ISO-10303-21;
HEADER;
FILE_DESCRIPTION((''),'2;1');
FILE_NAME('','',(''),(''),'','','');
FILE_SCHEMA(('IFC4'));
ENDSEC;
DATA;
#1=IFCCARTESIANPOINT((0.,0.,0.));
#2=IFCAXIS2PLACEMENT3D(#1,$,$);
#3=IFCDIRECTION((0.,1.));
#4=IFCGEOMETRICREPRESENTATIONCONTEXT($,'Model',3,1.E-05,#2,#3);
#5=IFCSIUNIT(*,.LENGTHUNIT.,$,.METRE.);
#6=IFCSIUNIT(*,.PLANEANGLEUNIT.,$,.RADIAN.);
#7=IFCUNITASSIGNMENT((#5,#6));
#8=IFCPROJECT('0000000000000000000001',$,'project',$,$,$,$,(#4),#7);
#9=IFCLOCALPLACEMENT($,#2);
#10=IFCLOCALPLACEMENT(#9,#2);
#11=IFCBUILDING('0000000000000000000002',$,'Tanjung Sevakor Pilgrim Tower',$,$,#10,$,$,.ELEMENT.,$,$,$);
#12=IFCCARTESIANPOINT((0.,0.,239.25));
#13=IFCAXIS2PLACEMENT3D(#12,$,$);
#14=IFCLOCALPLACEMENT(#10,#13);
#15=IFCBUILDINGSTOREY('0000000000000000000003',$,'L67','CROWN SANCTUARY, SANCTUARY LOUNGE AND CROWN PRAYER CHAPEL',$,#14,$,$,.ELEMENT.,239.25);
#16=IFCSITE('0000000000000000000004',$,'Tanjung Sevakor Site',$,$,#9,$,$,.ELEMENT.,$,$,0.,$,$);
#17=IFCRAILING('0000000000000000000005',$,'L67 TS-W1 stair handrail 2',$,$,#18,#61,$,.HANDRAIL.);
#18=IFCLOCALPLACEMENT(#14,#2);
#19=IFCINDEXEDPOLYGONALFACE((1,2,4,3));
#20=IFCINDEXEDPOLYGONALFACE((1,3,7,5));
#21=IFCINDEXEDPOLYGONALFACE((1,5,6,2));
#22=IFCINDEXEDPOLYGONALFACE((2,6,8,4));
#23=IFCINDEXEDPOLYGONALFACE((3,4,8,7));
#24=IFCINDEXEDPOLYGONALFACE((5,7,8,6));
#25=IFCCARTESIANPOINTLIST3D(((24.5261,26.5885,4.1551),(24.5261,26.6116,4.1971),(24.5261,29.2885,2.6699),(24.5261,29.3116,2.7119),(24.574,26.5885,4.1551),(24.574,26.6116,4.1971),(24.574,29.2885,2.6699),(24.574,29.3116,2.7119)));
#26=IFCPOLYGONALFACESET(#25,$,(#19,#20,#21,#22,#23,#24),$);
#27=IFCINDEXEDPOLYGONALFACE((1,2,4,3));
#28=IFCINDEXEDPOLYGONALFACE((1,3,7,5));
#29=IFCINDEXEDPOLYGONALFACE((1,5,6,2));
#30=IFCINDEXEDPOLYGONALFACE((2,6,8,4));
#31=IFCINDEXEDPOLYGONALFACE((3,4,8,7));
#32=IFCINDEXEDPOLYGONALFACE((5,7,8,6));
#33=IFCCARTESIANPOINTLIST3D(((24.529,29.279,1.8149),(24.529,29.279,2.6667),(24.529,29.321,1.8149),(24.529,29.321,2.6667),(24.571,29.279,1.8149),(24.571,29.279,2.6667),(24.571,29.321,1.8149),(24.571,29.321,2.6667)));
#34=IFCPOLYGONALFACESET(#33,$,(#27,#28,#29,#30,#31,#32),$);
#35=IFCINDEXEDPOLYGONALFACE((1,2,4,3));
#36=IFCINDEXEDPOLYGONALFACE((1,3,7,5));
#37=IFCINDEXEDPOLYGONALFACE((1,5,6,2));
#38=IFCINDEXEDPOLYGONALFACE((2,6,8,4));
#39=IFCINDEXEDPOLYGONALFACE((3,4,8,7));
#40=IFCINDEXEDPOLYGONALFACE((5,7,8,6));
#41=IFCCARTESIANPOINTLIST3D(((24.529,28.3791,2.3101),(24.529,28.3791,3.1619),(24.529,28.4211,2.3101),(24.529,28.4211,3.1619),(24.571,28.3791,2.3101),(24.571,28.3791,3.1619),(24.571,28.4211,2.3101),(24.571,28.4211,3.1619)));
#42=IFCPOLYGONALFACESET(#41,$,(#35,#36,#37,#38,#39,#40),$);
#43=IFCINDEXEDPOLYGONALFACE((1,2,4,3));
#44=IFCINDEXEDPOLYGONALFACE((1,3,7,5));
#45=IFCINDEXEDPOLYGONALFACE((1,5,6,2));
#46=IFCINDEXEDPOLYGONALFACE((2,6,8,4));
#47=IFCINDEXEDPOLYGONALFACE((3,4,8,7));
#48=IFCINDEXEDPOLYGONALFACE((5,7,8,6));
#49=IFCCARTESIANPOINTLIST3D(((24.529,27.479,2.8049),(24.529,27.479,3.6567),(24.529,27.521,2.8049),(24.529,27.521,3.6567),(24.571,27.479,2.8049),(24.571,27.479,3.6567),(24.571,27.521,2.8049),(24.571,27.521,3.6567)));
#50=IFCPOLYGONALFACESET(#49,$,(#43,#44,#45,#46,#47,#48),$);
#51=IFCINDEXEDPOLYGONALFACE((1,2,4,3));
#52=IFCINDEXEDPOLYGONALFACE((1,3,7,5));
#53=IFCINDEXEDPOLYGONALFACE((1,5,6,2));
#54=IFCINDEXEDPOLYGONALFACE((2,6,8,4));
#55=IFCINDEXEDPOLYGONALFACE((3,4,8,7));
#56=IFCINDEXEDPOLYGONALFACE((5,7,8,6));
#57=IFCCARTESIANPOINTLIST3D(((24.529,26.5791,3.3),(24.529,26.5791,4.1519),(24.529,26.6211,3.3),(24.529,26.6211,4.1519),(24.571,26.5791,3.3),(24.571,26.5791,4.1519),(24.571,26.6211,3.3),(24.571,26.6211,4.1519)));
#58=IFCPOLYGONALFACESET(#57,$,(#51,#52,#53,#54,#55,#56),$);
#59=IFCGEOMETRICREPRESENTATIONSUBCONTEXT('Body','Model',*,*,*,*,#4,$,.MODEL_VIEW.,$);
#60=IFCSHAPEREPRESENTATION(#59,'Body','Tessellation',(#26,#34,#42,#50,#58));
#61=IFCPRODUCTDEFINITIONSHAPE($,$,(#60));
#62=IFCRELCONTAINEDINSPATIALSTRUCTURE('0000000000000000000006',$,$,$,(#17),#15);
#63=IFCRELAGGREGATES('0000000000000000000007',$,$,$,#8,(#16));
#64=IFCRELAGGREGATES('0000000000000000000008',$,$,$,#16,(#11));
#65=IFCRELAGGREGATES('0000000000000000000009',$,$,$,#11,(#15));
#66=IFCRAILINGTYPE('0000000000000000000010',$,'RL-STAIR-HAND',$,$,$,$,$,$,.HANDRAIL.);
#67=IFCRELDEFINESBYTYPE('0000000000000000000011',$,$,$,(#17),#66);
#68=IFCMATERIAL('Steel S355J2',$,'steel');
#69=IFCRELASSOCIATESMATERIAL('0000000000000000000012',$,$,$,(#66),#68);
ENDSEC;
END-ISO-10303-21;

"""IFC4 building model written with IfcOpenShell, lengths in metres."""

from ifc_helpers import new_model, si_unit, direction, frame, origin, place, context, subcontext, project, spatial, rectangle, extrude, material, type_object, element, save


model = new_model("IFC4")

# Units and contexts
model_context = context("Model", 3, precision=1e-05, world=origin(), true_north=direction((0.0, 1.0)))
body_context = subcontext(model_context, "Body", "Model", "MODEL_VIEW")
ifc_project = project(units=[si_unit("LENGTHUNIT", "METRE"), si_unit("PLANEANGLEUNIT", "RADIAN")], contexts=[model_context])

# Site, building, storey
site_placement = place(None, origin())
site = spatial("IfcSite", under=ifc_project, at=site_placement, Name="Tanjung Sevakor Site", CompositionType="ELEMENT", RefElevation=0.0)
building_placement = place(site_placement, origin())
building = spatial("IfcBuilding", under=site, at=building_placement, Name="Tanjung Sevakor Pilgrim Tower", CompositionType="ELEMENT")
storey_placement = place(building_placement, frame((0.0, 0.0, 239.25)))
storey = spatial("IfcBuildingStorey", under=building, at=storey_placement, Name="L67", Description="CROWN SANCTUARY, SANCTUARY LOUNGE AND CROWN PRAYER CHAPEL", CompositionType="ELEMENT", Elevation=239.25)

# Railing
ifc_material_1 = material(Name="Steel S355J2", Category="steel")
railing_type_1 = type_object("IfcRailingType", Name="RL-STAIR-HAND", PredefinedType="HANDRAIL", material=ifc_material_1)
railing_1_placement = place(storey_placement, frame((24.55, 29.3, 1.8149)))
element("IfcRailing", 1, at=railing_1_placement, inside=storey, type_object=railing_type_1, Name="L67 TS-W1 stair handrail 2", PredefinedType="HANDRAIL", context=body_context, shape_type="SweptSolid", body=[
    extrude(rectangle(XDim=0.0479, YDim=0.0479), frame((0.0, 0.0, 0.876), z_axis=(0.0, -0.876198, 0.481952), x_axis=(1.0, 0.0, 0.0)), (0.0, 0.0, 1.0), 3.0815),
    extrude(rectangle(XDim=0.042, YDim=0.042), origin(), (0.0, 0.0, 1.0), 0.8518),
    extrude(rectangle(XDim=0.042, YDim=0.042), frame((0.0, -0.8999, 0.4951)), (0.0, 0.0, 1.0), 0.8518),
    extrude(rectangle(XDim=0.042, YDim=0.042), frame((0.0, -1.8, 0.99)), (0.0, 0.0, 1.0), 0.8518),
    extrude(rectangle(XDim=0.042, YDim=0.042), frame((0.0, -2.7, 1.4851)), (0.0, 0.0, 1.0), 0.8518),
])

save(model, "model.ifc")
